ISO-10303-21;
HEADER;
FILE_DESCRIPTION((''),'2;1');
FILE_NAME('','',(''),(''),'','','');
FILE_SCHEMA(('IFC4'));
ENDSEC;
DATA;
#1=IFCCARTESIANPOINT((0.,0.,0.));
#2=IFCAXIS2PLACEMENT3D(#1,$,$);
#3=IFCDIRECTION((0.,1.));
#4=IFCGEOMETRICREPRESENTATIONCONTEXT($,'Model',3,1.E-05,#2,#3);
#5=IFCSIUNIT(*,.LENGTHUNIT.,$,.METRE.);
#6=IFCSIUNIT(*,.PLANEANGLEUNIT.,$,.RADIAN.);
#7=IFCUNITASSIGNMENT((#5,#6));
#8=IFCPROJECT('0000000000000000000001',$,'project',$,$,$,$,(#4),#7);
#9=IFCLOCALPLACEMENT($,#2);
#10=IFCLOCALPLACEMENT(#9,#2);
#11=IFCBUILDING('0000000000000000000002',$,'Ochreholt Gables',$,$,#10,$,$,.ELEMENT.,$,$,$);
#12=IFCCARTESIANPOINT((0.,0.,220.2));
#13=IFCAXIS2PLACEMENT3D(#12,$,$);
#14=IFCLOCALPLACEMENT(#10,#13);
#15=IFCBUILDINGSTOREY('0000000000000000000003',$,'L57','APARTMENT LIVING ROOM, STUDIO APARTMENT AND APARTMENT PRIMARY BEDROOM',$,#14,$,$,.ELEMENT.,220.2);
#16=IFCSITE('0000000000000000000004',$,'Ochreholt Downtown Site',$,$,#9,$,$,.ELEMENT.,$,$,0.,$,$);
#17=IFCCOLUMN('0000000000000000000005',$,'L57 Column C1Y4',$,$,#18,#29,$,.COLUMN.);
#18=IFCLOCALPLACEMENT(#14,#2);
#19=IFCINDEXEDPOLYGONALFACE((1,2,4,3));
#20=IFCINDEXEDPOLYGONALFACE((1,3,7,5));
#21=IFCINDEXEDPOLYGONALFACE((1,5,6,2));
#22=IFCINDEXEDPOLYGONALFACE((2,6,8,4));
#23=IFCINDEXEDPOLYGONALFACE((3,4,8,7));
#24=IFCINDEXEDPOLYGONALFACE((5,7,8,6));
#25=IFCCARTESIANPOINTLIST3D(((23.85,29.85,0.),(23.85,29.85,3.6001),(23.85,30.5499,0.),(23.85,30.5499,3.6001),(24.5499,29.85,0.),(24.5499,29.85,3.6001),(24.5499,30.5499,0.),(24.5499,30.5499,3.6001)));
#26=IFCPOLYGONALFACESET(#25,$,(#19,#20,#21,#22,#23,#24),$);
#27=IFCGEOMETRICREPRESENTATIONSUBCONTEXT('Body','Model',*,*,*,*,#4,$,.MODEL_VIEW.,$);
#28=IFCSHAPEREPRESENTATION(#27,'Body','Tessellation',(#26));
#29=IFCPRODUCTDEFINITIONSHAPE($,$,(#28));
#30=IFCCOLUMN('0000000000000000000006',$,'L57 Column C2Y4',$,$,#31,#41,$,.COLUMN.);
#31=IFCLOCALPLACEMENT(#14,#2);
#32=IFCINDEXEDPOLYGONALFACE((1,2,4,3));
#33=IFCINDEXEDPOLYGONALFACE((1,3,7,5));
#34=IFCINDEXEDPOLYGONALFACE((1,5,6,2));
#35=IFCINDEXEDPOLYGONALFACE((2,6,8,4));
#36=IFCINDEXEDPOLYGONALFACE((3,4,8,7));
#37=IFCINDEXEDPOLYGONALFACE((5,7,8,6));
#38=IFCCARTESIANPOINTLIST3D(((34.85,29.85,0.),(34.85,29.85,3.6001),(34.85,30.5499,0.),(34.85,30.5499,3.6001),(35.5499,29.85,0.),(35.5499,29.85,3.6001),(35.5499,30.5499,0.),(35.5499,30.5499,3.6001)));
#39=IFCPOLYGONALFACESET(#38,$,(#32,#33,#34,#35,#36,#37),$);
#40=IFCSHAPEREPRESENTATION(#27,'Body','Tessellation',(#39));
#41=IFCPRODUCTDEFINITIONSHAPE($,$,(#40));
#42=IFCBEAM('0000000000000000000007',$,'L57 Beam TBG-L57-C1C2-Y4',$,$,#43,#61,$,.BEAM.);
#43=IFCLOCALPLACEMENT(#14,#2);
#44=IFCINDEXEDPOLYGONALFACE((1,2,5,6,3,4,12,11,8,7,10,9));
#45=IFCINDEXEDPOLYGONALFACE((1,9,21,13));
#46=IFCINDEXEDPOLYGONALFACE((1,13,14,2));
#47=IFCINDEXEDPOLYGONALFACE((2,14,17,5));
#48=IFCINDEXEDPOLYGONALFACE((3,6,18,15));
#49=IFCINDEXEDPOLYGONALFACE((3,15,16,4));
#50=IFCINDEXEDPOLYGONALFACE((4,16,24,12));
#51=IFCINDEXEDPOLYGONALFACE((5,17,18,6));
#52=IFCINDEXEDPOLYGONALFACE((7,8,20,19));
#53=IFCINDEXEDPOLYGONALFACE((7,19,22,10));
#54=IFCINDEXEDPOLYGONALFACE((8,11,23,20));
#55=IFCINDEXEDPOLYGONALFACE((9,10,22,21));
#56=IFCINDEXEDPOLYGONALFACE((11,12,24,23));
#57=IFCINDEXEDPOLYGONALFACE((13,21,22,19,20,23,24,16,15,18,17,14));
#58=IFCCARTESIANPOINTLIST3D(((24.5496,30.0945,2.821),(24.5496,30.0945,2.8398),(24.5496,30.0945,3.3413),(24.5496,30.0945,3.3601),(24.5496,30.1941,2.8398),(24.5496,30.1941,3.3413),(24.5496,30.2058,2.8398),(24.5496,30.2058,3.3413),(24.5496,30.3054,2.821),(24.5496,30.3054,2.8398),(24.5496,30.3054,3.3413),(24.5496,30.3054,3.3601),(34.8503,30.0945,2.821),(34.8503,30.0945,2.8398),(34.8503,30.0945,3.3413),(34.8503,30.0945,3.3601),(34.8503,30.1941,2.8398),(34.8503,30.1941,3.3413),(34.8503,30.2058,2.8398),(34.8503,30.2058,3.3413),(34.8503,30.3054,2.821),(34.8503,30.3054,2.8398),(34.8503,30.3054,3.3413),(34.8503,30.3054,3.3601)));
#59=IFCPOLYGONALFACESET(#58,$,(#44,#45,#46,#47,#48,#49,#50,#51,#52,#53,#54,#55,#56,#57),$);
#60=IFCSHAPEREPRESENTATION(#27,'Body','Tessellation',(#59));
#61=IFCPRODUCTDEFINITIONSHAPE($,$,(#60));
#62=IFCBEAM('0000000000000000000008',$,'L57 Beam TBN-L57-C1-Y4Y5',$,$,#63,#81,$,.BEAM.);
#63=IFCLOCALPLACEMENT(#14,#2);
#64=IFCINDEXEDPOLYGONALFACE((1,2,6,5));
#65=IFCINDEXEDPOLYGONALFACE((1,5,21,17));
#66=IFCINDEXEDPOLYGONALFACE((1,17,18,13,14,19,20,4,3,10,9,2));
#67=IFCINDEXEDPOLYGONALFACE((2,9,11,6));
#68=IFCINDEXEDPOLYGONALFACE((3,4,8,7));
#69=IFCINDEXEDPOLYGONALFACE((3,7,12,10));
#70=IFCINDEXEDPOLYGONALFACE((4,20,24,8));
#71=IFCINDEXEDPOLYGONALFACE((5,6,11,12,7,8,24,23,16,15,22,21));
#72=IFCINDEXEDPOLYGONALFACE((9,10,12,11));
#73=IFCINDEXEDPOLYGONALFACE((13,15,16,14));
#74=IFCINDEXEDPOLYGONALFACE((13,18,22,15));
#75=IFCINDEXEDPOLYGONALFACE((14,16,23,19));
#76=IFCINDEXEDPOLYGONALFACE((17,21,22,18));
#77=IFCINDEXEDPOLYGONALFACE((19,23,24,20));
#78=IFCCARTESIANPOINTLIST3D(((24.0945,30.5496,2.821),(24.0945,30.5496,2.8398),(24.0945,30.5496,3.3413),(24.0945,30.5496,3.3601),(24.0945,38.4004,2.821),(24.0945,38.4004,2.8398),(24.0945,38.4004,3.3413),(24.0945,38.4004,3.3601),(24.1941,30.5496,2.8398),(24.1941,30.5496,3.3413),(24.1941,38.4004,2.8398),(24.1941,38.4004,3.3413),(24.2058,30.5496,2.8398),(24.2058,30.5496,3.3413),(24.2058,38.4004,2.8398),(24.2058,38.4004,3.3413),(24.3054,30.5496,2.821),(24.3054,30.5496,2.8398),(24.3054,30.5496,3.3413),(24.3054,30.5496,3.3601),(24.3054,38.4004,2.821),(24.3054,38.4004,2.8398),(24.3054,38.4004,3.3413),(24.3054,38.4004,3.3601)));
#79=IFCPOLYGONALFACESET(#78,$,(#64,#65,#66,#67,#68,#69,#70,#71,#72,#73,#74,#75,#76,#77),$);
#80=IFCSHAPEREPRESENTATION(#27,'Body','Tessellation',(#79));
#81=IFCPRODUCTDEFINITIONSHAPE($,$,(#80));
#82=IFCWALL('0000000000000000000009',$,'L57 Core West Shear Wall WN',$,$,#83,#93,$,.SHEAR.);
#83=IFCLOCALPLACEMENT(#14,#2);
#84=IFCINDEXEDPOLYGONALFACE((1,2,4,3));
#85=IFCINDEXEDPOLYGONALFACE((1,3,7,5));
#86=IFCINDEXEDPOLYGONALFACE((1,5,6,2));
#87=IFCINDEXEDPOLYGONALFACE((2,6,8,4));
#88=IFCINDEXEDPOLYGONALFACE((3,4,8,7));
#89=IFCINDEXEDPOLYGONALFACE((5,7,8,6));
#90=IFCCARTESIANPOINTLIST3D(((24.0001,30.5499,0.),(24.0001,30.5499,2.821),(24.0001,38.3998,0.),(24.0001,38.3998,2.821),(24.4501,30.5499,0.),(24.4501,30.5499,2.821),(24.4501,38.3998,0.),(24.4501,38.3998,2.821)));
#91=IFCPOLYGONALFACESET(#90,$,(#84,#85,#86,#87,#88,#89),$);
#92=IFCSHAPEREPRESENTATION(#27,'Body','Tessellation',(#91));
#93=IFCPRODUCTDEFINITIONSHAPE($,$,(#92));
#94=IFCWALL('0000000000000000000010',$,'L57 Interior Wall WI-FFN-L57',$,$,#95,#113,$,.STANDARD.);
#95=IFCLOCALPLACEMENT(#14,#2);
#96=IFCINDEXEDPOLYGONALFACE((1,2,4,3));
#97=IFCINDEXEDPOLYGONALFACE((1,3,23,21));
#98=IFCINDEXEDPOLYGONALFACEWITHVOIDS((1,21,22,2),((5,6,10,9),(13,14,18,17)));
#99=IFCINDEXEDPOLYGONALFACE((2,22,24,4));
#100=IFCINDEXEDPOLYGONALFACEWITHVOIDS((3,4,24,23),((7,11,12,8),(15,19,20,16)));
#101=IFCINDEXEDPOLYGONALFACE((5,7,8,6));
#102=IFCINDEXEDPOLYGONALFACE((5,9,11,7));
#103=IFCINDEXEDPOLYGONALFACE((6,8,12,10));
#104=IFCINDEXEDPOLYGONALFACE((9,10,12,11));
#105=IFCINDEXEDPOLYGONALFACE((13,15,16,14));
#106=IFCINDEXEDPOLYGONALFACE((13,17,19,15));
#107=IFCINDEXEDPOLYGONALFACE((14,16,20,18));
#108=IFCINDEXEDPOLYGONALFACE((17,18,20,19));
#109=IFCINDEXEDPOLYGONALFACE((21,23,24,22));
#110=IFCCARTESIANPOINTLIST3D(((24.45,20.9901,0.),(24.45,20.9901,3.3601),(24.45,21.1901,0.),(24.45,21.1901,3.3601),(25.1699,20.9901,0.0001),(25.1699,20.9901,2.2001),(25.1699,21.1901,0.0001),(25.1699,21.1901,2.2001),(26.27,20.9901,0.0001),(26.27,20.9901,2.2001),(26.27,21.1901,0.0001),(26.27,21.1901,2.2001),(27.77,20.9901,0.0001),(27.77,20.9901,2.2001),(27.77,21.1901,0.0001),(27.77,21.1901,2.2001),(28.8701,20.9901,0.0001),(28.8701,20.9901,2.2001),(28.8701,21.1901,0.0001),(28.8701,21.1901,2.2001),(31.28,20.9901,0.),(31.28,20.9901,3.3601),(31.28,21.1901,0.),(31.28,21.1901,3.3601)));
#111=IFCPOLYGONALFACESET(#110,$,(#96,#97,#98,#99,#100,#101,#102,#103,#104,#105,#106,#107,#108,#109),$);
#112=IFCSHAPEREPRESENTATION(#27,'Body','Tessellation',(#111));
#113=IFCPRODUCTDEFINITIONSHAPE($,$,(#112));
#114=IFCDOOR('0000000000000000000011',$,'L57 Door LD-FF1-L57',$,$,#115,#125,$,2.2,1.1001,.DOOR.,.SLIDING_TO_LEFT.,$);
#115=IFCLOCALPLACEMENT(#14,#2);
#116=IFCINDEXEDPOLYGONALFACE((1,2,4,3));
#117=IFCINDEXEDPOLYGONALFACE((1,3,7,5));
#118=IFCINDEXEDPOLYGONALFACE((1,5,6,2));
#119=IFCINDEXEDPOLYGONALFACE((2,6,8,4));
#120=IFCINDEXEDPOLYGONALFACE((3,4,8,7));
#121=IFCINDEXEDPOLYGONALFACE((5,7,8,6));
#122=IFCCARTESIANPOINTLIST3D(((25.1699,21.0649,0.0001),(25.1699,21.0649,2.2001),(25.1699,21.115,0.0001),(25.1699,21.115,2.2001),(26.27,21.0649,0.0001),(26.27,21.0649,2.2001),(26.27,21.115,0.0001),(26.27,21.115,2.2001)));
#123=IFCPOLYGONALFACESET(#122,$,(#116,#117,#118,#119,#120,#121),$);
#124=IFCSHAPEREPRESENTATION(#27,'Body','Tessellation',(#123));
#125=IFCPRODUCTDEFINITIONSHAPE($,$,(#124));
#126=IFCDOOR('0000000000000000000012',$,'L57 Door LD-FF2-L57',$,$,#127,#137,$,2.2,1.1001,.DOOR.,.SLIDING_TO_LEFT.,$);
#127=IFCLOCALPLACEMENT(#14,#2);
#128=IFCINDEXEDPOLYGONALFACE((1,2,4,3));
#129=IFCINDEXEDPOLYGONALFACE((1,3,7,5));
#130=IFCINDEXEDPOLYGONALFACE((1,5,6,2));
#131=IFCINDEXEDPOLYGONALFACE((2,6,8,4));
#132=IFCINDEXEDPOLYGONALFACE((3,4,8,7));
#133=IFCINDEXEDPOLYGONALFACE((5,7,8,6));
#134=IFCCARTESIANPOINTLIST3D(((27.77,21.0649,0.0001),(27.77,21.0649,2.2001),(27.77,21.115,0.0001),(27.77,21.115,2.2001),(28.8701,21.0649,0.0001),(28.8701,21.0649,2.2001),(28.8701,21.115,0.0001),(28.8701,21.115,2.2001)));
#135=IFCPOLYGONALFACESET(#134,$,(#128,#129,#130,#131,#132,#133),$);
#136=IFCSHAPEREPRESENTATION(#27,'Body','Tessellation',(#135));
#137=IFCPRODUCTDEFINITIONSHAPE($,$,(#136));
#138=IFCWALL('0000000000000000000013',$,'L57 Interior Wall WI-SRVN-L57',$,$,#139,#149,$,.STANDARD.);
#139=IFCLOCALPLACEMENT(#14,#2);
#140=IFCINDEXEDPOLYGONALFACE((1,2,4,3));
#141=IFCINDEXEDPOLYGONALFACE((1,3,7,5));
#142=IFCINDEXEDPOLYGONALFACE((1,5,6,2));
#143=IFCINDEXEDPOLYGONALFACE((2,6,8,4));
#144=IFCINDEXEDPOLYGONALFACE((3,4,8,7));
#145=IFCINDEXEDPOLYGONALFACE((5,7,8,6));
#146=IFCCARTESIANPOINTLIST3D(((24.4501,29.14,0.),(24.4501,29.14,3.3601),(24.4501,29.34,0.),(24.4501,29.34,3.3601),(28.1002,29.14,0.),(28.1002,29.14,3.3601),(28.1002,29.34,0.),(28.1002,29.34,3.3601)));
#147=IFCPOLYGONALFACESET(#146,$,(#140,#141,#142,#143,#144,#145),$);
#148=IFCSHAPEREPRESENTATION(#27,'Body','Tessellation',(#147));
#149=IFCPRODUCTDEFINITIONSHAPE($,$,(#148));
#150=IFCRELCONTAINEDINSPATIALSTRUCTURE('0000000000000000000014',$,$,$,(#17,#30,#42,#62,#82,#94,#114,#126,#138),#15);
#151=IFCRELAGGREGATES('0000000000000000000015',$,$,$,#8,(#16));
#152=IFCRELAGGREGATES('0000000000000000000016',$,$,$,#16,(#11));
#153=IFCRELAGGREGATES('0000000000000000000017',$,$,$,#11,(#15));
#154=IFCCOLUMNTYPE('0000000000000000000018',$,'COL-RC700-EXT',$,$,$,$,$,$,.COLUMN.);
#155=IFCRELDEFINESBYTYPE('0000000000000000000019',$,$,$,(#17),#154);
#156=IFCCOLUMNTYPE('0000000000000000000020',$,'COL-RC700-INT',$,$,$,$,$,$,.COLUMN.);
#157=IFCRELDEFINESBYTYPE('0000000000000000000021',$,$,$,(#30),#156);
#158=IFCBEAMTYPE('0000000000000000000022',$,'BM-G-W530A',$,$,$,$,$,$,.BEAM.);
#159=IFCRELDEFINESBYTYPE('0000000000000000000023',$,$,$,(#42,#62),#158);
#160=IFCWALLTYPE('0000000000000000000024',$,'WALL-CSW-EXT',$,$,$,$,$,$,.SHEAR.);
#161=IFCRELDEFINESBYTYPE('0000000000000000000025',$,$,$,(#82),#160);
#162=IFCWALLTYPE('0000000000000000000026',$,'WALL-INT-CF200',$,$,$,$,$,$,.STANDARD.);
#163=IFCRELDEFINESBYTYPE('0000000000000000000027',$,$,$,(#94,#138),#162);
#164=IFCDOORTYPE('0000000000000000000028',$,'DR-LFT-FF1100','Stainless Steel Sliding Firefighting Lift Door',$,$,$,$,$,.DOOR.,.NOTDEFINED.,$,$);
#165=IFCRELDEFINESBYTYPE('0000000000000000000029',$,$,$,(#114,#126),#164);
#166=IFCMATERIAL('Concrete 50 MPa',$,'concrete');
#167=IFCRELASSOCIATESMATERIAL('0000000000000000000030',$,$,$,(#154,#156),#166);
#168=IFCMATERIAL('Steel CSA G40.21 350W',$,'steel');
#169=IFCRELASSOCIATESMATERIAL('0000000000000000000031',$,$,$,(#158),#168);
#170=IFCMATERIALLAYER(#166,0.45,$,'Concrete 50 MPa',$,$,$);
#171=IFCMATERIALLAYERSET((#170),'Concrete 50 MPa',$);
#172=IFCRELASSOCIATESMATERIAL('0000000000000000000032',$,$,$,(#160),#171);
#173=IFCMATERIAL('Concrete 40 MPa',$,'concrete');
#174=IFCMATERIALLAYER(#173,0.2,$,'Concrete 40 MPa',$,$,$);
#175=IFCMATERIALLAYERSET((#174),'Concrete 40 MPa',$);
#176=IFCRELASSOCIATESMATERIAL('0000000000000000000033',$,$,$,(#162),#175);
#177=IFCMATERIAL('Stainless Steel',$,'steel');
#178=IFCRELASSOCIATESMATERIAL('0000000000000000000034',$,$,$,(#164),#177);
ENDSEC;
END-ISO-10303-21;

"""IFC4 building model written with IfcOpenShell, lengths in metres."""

from ifc_helpers import new_model, si_unit, direction, frame, frame_2d, origin, origin_2d, place, context, subcontext, project, spatial, rectangle, i_section, extrude, material, layer, layer_set, material_profile, profile_set, type_object, element, fill, save


model = new_model("IFC4")

# Units and contexts
model_context = context("Model", 3, precision=1e-05, world=origin(), true_north=direction((0.0, 1.0)))
body_context = subcontext(model_context, "Body", "Model", "MODEL_VIEW")
ifc_project = project(units=[si_unit("LENGTHUNIT", "METRE"), si_unit("PLANEANGLEUNIT", "RADIAN")], contexts=[model_context])

# Site, building, storey
site_placement = place(None, origin())
site = spatial("IfcSite", under=ifc_project, at=site_placement, Name="Ochreholt Downtown Site", CompositionType="ELEMENT", RefElevation=0.0)
building_placement = place(site_placement, origin())
building = spatial("IfcBuilding", under=site, at=building_placement, Name="Ochreholt Gables", CompositionType="ELEMENT")
storey_placement = place(building_placement, frame((0.0, 0.0, 220.2)))
storey = spatial("IfcBuildingStorey", under=building, at=storey_placement, Name="L57", Description="APARTMENT LIVING ROOM, STUDIO APARTMENT AND APARTMENT PRIMARY BEDROOM", CompositionType="ELEMENT", Elevation=220.2)

# Columns
ifc_material_1 = material(Name="Concrete 50 MPa", Category="concrete")
ifc_material_profile_1 = material_profile(ifc_material_1, rectangle(XDim=0.7, YDim=0.7, at=origin_2d()), Name="RC700X700")
ifc_profile_set_1 = profile_set([ifc_material_profile_1], Name="Concrete 50 MPa")
column_type_1 = type_object("IfcColumnType", Name="COL-RC700-EXT", PredefinedType="COLUMN", material=ifc_profile_set_1)
column_1_placement = place(storey_placement, frame((24.2, 30.2, 0.0), z_axis=(0.0, 0.0, 1.0), x_axis=(1.0, 0.0, 0.0)))
element("IfcColumn", 1, at=column_1_placement, inside=storey, type_object=column_type_1, Name="L57 Column C1Y4", PredefinedType="COLUMN", context=body_context, shape_type="SweptSolid", body=[
    extrude(rectangle(XDim=0.7, YDim=0.7, at=origin_2d()), origin(), (0.0, 0.0, 1.0), 3.6001),
])
ifc_material_profile_2 = material_profile(ifc_material_1, rectangle(XDim=0.7, YDim=0.7, at=origin_2d()), Name="RC700X700")
ifc_profile_set_2 = profile_set([ifc_material_profile_2], Name="Concrete 50 MPa")
column_type_2 = type_object("IfcColumnType", Name="COL-RC700-INT", PredefinedType="COLUMN", material=ifc_profile_set_2)
column_2_placement = place(storey_placement, frame((35.2, 30.2, 0.0), z_axis=(0.0, 0.0, 1.0), x_axis=(1.0, 0.0, 0.0)))
element("IfcColumn", 2, at=column_2_placement, inside=storey, type_object=column_type_2, Name="L57 Column C2Y4", PredefinedType="COLUMN", context=body_context, shape_type="SweptSolid", body=[
    extrude(rectangle(XDim=0.7, YDim=0.7, at=origin_2d()), origin(), (0.0, 0.0, 1.0), 3.6001),
])

# Beams
ifc_material_2 = material(Name="Steel CSA G40.21 350W", Category="steel")
ifc_material_profile_3 = material_profile(ifc_material_2, i_section(OverallWidth=0.2109, OverallDepth=0.5391, WebThickness=0.0117, FlangeThickness=0.0188, at=origin_2d()), Name="W530X109")
ifc_profile_set_3 = profile_set([ifc_material_profile_3], Name="Steel CSA G40.21 350W")
beam_type = type_object("IfcBeamType", Name="BM-G-W530A", PredefinedType="BEAM", material=ifc_profile_set_3)
beam_1_placement = place(storey_placement, frame((24.5496, 30.2, 3.0906), z_axis=(1.0, 0.0, 0.0), x_axis=(0.0, 1.0, 0.0)))
element("IfcBeam", 3, at=beam_1_placement, inside=storey, type_object=beam_type, Name="L57 Beam TBG-L57-C1C2-Y4", PredefinedType="BEAM", context=body_context, shape_type="SweptSolid", body=[
    extrude(i_section(OverallWidth=0.2109, OverallDepth=0.5391, WebThickness=0.0117, FlangeThickness=0.0188, at=origin_2d()), origin(), (0.0, 0.0, 1.0), 10.3008),
])
beam_2_placement = place(storey_placement, frame((24.2, 30.5496, 3.0906), z_axis=(0.0, 1.0, 0.0), x_axis=(-1.0, 0.0, 0.0)))
element("IfcBeam", 4, at=beam_2_placement, inside=storey, type_object=beam_type, Name="L57 Beam TBN-L57-C1-Y4Y5", PredefinedType="BEAM", context=body_context, shape_type="SweptSolid", body=[
    extrude(i_section(OverallWidth=0.2109, OverallDepth=0.5391, WebThickness=0.0117, FlangeThickness=0.0188, at=origin_2d()), origin(), (0.0, 0.0, 1.0), 7.8508),
])

# Wall
ifc_layer_1 = layer(ifc_material_1, 0.45, Name="Concrete 50 MPa")
ifc_layer_set_1 = layer_set([ifc_layer_1], Name="Concrete 50 MPa")
wall_type_1 = type_object("IfcWallType", Name="WALL-CSW-EXT", PredefinedType="SHEAR", material=ifc_layer_set_1)
wall_1_placement = place(storey_placement, frame((24.2251, 30.55, 0.0), z_axis=(0.0, 0.0, 1.0), x_axis=(0.0, 1.0, 0.0)))
element("IfcWall", 5, at=wall_1_placement, inside=storey, type_object=wall_type_1, Name="L57 Core West Shear Wall WN", PredefinedType="SHEAR", context=body_context, shape_type="SweptSolid", body=[
    extrude(rectangle(XDim=7.8499, YDim=0.45, at=frame_2d((3.9248, 0.0))), origin(), (0.0, 0.0, 1.0), 2.821),
])

# Wall, openings, doors
ifc_material_3 = material(Name="Concrete 40 MPa", Category="concrete")
ifc_layer_2 = layer(ifc_material_3, 0.2, Name="Concrete 40 MPa")
ifc_layer_set_2 = layer_set([ifc_layer_2], Name="Concrete 40 MPa")
wall_type_2 = type_object("IfcWallType", Name="WALL-INT-CF200", PredefinedType="STANDARD", material=ifc_layer_set_2)
wall_2_placement = place(storey_placement, frame((24.45, 21.0901, 0.0), z_axis=(0.0, 0.0, 1.0), x_axis=(1.0, 0.0, 0.0)))
wall_2 = element("IfcWall", 6, at=wall_2_placement, inside=storey, type_object=wall_type_2, Name="L57 Interior Wall WI-FFN-L57", PredefinedType="STANDARD", context=body_context, shape_type="SweptSolid", body=[
    extrude(rectangle(XDim=6.8301, YDim=0.2, at=frame_2d((3.415, 0.0))), origin(), (0.0, 0.0, 1.0), 3.3601),
])
opening_1_placement = place(wall_2_placement, frame((0.72, 0.0, 0.0)))
opening_1 = element("IfcOpeningElement", 7, at=opening_1_placement, cuts=wall_2, PredefinedType="OPENING", context=body_context, shape_type="SweptSolid", body=[
    extrude(rectangle(XDim=1.1001, YDim=2.2, at=frame_2d((0.55, 1.1001))), frame((0.0, 0.1099, 0.0), z_axis=(0.0, -1.0, 0.0), x_axis=(1.0, 0.0, 0.0)), (0.0, 0.0, 1.0), 0.22),
])
opening_2_placement = place(wall_2_placement, frame((3.3201, 0.0, 0.0)))
opening_2 = element("IfcOpeningElement", 8, at=opening_2_placement, cuts=wall_2, PredefinedType="OPENING", context=body_context, shape_type="SweptSolid", body=[
    extrude(rectangle(XDim=1.1001, YDim=2.2, at=frame_2d((0.55, 1.1001))), frame((0.0, 0.1099, 0.0), z_axis=(0.0, -1.0, 0.0), x_axis=(1.0, 0.0, 0.0)), (0.0, 0.0, 1.0), 0.22),
])
ifc_material_4 = material(Name="Stainless Steel", Category="steel")
door_type_1 = type_object("IfcDoorType", Name="DR-LFT-FF1100", Description="Stainless Steel Sliding Firefighting Lift Door", OperationType="NOTDEFINED", PredefinedType="DOOR", material=ifc_material_4)
door_1_placement = place(opening_1_placement, origin())
door_1 = element("IfcDoor", 9, at=door_1_placement, inside=storey, type_object=door_type_1, Name="L57 Door LD-FF1-L57", OperationType="SLIDING_TO_LEFT", OverallHeight=2.2, OverallWidth=1.1001, PredefinedType="DOOR", context=body_context, shape_type="SweptSolid", body=[
    extrude(rectangle(XDim=1.1001, YDim=2.2, at=frame_2d((0.55, 1.1001))), frame((0.0, 0.0249, 0.0), z_axis=(0.0, -1.0, 0.0), x_axis=(1.0, 0.0, 0.0)), (0.0, 0.0, 1.0), 0.05),
])
fill(opening_1, door_1)
door_2_placement = place(opening_2_placement, origin())
door_2 = element("IfcDoor", 10, at=door_2_placement, inside=storey, type_object=door_type_1, Name="L57 Door LD-FF2-L57", OperationType="SLIDING_TO_LEFT", OverallHeight=2.2, OverallWidth=1.1001, PredefinedType="DOOR", context=body_context, shape_type="SweptSolid", body=[
    extrude(rectangle(XDim=1.1001, YDim=2.2, at=frame_2d((0.55, 1.1001))), frame((0.0, 0.0249, 0.0), z_axis=(0.0, -1.0, 0.0), x_axis=(1.0, 0.0, 0.0)), (0.0, 0.0, 1.0), 0.05),
])
fill(opening_2, door_2)

# Wall
wall_3_placement = place(storey_placement, frame((24.45, 29.24, 0.0), z_axis=(0.0, 0.0, 1.0), x_axis=(1.0, 0.0, 0.0)))
element("IfcWall", 11, at=wall_3_placement, inside=storey, type_object=wall_type_2, Name="L57 Interior Wall WI-SRVN-L57", PredefinedType="STANDARD", context=body_context, shape_type="SweptSolid", body=[
    extrude(rectangle(XDim=3.6501, YDim=0.2, at=frame_2d((1.8252, 0.0))), origin(), (0.0, 0.0, 1.0), 3.3601),
])

save(model, "model.ifc")
